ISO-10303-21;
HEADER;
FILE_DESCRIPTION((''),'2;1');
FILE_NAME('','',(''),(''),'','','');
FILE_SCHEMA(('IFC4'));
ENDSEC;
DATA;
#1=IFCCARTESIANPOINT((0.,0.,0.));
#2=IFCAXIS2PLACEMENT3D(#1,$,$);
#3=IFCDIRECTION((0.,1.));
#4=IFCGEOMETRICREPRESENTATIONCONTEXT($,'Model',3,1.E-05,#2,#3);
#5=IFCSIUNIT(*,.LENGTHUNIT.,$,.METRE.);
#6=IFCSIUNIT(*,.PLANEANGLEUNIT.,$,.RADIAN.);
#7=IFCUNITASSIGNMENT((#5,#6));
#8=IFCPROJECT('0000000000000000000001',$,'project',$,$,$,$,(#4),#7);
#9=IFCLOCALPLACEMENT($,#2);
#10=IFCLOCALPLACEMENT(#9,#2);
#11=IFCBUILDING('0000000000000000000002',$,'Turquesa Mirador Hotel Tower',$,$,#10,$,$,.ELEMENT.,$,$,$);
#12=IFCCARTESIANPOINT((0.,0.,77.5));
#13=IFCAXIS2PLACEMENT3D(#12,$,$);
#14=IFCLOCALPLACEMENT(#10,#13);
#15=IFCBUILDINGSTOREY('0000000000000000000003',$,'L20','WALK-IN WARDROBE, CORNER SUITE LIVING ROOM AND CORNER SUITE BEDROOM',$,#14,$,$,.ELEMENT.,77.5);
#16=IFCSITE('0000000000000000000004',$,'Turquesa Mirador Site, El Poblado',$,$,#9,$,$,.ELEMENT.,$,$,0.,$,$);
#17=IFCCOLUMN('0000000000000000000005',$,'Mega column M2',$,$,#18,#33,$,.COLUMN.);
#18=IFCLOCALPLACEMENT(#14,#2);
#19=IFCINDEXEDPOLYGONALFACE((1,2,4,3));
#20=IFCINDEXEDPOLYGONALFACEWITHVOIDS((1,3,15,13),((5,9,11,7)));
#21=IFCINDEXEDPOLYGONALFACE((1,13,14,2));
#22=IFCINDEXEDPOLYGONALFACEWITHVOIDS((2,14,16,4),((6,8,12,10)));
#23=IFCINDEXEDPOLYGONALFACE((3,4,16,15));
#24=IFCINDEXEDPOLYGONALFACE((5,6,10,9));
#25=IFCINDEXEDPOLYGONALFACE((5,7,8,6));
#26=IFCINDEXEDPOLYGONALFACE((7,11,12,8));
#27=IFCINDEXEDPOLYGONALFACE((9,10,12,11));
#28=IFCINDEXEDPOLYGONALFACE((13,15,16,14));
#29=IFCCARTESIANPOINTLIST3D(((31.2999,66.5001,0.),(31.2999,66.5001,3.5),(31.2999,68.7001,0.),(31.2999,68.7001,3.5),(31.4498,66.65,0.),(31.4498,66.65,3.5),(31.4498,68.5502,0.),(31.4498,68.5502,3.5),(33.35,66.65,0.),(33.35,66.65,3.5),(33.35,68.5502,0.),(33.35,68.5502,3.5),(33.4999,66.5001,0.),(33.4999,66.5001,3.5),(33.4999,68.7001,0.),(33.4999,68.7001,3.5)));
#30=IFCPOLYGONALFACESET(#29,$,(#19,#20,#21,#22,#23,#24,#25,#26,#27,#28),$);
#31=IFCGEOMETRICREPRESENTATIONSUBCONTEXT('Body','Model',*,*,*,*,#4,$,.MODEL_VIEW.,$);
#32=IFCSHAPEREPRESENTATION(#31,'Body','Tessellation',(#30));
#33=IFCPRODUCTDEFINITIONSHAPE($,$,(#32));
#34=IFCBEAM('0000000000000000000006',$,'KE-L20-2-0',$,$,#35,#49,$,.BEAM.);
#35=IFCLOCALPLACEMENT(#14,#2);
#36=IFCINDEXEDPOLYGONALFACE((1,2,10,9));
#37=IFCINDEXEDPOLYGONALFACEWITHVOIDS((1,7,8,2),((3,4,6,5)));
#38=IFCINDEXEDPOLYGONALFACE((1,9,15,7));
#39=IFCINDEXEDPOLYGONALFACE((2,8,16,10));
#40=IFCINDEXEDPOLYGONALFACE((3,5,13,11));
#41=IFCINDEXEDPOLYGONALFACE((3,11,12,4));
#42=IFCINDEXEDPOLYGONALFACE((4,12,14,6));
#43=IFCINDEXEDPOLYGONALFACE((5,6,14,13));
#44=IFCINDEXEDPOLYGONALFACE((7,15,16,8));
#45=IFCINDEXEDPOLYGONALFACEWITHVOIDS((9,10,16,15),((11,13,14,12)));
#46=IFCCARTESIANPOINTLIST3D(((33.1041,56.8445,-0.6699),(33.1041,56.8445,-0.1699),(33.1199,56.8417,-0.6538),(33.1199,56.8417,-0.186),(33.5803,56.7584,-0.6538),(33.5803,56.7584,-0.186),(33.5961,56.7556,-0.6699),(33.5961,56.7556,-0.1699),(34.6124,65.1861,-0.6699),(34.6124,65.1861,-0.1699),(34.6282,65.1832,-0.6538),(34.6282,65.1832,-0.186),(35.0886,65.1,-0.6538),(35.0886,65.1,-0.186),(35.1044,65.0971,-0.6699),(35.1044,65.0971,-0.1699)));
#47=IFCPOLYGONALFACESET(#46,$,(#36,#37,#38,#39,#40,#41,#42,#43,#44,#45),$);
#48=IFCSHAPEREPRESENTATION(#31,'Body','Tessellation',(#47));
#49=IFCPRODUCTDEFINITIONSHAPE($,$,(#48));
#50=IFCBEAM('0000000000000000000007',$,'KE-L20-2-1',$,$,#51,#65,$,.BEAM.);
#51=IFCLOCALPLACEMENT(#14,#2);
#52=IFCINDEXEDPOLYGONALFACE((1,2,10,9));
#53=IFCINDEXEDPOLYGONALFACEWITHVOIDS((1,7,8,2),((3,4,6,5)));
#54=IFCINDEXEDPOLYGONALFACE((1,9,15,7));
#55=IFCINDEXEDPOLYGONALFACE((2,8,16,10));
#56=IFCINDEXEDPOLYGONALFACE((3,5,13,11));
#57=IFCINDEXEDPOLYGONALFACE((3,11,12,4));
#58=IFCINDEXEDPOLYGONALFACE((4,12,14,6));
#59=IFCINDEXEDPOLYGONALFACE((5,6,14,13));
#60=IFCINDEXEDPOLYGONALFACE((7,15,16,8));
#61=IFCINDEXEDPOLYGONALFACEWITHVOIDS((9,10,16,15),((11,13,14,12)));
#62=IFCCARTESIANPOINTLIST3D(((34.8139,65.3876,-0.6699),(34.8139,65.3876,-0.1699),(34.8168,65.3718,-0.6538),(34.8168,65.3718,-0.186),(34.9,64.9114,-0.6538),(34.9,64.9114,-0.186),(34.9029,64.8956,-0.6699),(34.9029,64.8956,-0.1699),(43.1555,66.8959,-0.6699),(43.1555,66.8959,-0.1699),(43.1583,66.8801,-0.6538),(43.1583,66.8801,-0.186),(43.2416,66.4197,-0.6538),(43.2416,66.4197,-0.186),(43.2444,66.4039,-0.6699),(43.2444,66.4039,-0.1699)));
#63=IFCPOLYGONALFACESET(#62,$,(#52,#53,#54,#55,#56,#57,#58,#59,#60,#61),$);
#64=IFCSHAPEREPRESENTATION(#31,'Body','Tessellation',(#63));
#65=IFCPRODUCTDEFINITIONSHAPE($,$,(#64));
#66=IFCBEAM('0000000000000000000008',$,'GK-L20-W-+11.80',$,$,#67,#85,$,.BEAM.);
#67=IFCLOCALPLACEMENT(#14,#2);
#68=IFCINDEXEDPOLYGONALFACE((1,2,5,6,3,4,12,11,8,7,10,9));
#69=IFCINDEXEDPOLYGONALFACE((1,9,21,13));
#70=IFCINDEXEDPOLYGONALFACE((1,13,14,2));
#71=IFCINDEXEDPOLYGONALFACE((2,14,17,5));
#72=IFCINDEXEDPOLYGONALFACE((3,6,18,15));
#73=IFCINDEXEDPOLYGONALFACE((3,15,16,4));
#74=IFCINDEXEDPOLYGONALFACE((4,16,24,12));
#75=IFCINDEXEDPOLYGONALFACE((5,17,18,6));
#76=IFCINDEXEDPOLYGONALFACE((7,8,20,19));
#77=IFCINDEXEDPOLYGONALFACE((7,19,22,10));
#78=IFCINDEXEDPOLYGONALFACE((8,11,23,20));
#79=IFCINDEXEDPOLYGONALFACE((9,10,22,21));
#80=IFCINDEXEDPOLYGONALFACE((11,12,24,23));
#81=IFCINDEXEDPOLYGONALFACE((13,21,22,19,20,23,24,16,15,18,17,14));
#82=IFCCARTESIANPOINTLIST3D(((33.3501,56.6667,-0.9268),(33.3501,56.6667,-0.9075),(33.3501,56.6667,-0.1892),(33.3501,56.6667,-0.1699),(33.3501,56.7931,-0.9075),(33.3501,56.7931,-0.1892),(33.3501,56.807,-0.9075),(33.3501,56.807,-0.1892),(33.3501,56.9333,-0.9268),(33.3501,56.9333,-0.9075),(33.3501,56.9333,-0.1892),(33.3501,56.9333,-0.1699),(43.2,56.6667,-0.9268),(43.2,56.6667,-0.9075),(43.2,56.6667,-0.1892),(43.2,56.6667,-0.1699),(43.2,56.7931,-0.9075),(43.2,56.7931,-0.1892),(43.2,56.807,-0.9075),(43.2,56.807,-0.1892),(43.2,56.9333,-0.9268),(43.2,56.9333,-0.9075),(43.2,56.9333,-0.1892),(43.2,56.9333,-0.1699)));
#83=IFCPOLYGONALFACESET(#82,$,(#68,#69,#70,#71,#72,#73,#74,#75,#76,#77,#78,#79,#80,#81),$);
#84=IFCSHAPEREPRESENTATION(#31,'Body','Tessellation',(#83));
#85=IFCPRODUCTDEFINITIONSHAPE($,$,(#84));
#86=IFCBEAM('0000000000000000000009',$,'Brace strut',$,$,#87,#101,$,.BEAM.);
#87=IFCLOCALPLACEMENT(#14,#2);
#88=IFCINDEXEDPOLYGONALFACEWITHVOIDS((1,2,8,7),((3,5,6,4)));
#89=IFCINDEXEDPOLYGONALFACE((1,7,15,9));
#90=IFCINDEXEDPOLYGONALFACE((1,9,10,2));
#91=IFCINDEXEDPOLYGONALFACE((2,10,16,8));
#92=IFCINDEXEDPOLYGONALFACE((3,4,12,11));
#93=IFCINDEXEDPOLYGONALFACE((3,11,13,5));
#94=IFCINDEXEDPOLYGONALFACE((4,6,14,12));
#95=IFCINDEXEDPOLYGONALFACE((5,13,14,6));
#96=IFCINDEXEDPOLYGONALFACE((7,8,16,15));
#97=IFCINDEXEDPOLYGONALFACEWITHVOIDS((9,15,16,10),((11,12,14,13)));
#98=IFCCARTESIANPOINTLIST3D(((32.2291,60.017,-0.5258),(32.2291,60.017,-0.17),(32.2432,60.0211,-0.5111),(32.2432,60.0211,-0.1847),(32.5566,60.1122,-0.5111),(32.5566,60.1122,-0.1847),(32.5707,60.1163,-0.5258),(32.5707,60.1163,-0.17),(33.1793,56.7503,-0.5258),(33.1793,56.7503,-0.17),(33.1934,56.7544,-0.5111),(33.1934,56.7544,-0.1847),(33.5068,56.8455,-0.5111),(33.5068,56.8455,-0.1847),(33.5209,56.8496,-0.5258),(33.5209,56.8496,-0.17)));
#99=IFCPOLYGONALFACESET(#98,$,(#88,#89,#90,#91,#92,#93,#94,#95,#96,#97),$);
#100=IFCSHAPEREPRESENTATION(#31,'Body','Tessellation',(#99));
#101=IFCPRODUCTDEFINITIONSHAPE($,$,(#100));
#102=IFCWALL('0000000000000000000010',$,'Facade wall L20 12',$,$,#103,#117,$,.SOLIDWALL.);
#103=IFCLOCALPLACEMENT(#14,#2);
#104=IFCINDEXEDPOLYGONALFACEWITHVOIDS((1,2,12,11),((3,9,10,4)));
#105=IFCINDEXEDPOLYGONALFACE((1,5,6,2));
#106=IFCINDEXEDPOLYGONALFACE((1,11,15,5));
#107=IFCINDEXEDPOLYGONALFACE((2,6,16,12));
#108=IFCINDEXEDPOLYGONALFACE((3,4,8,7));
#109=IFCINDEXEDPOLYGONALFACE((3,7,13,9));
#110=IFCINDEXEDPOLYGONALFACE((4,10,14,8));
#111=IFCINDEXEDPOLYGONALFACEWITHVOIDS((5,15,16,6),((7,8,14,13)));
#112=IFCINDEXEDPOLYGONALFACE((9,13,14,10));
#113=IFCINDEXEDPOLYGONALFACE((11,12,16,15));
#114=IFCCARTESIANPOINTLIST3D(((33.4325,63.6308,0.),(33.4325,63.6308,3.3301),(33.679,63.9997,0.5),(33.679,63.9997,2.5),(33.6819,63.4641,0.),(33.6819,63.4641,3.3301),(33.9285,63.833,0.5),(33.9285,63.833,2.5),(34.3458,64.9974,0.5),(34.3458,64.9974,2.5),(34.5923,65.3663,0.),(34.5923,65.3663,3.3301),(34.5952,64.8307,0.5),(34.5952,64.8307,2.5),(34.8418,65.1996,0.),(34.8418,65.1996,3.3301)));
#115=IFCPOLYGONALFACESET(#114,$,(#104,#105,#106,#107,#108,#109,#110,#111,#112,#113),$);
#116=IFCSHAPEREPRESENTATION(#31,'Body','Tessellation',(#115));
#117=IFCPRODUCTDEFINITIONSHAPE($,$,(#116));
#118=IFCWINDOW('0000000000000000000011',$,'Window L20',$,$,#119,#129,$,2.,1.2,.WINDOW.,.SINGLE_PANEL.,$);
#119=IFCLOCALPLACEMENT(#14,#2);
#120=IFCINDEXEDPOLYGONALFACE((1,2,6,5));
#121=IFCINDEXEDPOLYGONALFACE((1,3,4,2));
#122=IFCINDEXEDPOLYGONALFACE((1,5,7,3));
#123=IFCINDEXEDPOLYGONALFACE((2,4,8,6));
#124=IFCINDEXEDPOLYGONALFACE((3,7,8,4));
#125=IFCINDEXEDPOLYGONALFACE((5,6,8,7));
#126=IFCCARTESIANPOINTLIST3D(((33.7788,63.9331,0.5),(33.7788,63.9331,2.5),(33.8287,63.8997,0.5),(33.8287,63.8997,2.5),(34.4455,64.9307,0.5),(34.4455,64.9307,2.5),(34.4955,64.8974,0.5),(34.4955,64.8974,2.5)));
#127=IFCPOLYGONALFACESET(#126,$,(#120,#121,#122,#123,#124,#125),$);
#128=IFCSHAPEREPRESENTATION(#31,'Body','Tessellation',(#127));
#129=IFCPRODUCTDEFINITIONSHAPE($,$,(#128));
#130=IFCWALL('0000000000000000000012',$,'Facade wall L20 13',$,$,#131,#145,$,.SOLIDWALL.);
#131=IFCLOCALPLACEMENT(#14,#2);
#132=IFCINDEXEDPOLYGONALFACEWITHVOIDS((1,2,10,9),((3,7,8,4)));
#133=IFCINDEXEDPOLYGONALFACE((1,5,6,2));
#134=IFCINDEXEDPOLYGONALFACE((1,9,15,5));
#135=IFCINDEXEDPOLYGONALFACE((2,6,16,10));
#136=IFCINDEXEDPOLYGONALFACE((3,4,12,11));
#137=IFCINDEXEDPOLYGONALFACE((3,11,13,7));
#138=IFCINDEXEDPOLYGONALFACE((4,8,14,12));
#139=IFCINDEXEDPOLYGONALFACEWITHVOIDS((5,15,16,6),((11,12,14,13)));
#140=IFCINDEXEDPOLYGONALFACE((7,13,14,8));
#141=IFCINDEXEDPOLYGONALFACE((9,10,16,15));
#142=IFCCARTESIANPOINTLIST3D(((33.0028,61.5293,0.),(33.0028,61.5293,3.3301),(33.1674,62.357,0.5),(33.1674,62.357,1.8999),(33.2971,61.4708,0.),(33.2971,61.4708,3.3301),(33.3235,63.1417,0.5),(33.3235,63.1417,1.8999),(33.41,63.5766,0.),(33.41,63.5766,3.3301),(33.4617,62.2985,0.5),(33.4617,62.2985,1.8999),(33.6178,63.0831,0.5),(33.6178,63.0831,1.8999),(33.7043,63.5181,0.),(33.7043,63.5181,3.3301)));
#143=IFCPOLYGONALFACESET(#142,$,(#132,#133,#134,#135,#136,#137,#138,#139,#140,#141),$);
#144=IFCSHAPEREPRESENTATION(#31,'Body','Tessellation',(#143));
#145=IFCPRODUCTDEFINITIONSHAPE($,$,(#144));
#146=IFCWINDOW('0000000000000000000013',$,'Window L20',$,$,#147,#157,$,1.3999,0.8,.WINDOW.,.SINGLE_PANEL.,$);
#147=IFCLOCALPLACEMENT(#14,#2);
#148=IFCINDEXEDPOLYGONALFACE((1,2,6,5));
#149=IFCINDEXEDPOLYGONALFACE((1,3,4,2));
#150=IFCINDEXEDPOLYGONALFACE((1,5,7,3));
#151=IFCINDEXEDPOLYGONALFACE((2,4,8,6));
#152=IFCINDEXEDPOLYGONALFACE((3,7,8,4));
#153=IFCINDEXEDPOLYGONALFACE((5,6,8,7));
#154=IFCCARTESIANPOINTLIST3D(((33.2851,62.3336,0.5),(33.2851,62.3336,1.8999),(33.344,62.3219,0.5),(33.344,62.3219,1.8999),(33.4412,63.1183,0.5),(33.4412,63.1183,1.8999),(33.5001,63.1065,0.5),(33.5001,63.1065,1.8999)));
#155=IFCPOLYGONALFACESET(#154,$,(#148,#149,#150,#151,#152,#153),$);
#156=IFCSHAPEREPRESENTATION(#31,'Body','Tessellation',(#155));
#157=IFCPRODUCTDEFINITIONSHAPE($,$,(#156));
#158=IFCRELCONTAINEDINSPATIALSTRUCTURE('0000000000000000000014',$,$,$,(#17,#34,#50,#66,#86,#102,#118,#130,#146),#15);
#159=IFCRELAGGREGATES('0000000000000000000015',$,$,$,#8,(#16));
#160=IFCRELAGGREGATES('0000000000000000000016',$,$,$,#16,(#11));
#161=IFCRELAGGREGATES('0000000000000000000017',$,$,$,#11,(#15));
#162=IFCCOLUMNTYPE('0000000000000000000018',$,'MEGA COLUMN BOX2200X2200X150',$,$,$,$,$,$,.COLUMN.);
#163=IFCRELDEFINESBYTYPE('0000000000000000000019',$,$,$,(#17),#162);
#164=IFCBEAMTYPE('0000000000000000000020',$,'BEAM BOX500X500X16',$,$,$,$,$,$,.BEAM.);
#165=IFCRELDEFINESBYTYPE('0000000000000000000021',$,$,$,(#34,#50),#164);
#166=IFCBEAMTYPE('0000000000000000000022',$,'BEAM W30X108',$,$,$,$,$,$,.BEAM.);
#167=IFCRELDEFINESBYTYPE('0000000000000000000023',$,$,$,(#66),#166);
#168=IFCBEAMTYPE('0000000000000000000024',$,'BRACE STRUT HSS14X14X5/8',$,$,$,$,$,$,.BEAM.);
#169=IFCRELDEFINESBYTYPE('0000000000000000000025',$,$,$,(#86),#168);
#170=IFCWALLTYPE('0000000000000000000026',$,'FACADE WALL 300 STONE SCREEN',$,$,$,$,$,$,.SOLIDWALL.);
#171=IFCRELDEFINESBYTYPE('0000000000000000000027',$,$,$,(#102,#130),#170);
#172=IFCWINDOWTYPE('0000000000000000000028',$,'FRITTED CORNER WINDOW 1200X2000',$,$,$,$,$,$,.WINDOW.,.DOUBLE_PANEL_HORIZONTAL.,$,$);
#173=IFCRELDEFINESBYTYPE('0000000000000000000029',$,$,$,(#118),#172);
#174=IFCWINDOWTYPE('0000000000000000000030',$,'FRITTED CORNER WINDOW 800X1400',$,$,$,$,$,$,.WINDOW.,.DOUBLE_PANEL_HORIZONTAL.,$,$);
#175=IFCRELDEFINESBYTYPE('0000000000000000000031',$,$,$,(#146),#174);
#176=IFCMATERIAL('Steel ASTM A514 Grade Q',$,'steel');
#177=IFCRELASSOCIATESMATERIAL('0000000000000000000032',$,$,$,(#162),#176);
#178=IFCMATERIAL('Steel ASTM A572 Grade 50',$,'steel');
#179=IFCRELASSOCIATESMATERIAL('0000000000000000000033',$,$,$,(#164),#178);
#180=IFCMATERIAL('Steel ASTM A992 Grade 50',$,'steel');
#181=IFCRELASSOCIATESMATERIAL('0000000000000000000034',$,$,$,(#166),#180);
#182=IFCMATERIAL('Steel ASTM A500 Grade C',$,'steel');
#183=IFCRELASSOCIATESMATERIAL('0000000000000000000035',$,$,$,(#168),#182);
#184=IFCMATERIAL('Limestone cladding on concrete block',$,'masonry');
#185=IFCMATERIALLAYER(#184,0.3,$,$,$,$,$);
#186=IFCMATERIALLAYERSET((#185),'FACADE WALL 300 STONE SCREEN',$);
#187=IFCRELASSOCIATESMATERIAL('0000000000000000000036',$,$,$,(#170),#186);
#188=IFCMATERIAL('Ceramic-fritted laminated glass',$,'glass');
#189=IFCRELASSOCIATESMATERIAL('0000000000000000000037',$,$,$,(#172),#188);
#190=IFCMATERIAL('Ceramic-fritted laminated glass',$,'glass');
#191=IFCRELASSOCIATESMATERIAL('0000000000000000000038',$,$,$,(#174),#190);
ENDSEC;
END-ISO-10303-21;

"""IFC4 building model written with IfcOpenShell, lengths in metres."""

from ifc_helpers import new_model, si_unit, direction, frame, frame_2d, origin, origin_2d, place, context, subcontext, project, spatial, rectangle, hollow_rectangle, i_section, extrude, material, layer, layer_set, material_profile, profile_set, type_object, element, fill, save


model = new_model("IFC4")

# Units and contexts
model_context = context("Model", 3, precision=1e-05, world=origin(), true_north=direction((0.0, 1.0)))
body_context = subcontext(model_context, "Body", "Model", "MODEL_VIEW")
ifc_project = project(units=[si_unit("LENGTHUNIT", "METRE"), si_unit("PLANEANGLEUNIT", "RADIAN")], contexts=[model_context])

# Site, building, storey
site_placement = place(None, origin())
site = spatial("IfcSite", under=ifc_project, at=site_placement, Name="Turquesa Mirador Site, El Poblado", CompositionType="ELEMENT", RefElevation=0.0)
building_placement = place(site_placement, origin())
building = spatial("IfcBuilding", under=site, at=building_placement, Name="Turquesa Mirador Hotel Tower", CompositionType="ELEMENT")
storey_placement = place(building_placement, frame((0.0, 0.0, 77.5)))
storey = spatial("IfcBuildingStorey", under=building, at=storey_placement, Name="L20", Description="WALK-IN WARDROBE, CORNER SUITE LIVING ROOM AND CORNER SUITE BEDROOM", CompositionType="ELEMENT", Elevation=77.5)

# Column
ifc_material_1 = material(Name="Steel ASTM A514 Grade Q", Category="steel")
ifc_material_profile_1 = material_profile(ifc_material_1, hollow_rectangle(XDim=2.2, YDim=2.2, WallThickness=0.1499, at=origin_2d()), Name="BOX2200X2200X150")
ifc_profile_set_1 = profile_set([ifc_material_profile_1], Name="Steel ASTM A514 Grade Q")
column_type = type_object("IfcColumnType", Name="MEGA COLUMN BOX2200X2200X150", PredefinedType="COLUMN", material=ifc_profile_set_1)
column_placement = place(storey_placement, frame((32.3999, 67.6001, 0.0), z_axis=(0.0, 0.0, 1.0), x_axis=(1.0, 0.0, 0.0)))
element("IfcColumn", 1, at=column_placement, inside=storey, type_object=column_type, Name="Mega column M2", PredefinedType="COLUMN", context=body_context, shape_type="SweptSolid", body=[
    extrude(hollow_rectangle(XDim=2.2, YDim=2.2, WallThickness=0.1499, at=origin_2d()), origin(), (0.0, 0.0, 1.0), 3.5),
])

# Beams
ifc_material_2 = material(Name="Steel ASTM A572 Grade 50", Category="steel")
ifc_material_profile_2 = material_profile(ifc_material_2, hollow_rectangle(XDim=0.5, YDim=0.5, WallThickness=0.0161, at=origin_2d()), Name="BOX500X500X16")
ifc_profile_set_2 = profile_set([ifc_material_profile_2], Name="Steel ASTM A572 Grade 50")
beam_type_1 = type_object("IfcBeamType", Name="BEAM BOX500X500X16", PredefinedType="BEAM", material=ifc_profile_set_2)
for number, where, z_axis, x_axis, name in (
    (2, (33.3501, 56.8, -0.4199), (0.177932, 0.984043, 0.0), (-0.984043, 0.177932, 0.0), "KE-L20-2-0"),
    (3, (34.8584, 65.1416, -0.4199), (0.984043, 0.177932, 0.0), (-0.177932, 0.984043, 0.0), "KE-L20-2-1"),
):
    element("IfcBeam", number, at=place(storey_placement, frame(where, z_axis=z_axis, x_axis=x_axis)), inside=storey, type_object=beam_type_1, Name=name, PredefinedType="BEAM", context=body_context, shape_type="SweptSolid", body=[
        extrude(hollow_rectangle(XDim=0.5, YDim=0.5, WallThickness=0.0161, at=origin_2d()), origin(), (0.0, 0.0, 1.0), 8.4768),
    ])
ifc_material_3 = material(Name="Steel ASTM A992 Grade 50", Category="steel")
ifc_material_profile_3 = material_profile(ifc_material_3, i_section(OverallWidth=0.2666, OverallDepth=0.7568, WebThickness=0.0139, FlangeThickness=0.0193, at=origin_2d()), Name="W30X108")
ifc_profile_set_3 = profile_set([ifc_material_profile_3], Name="Steel ASTM A992 Grade 50")
beam_type_2 = type_object("IfcBeamType", Name="BEAM W30X108", PredefinedType="BEAM", material=ifc_profile_set_3)
beam_1_placement = place(storey_placement, frame((33.3501, 56.8, -0.5483), z_axis=(1.0, 0.0, 0.0), x_axis=(0.0, 1.0, 0.0)))
element("IfcBeam", 4, at=beam_1_placement, inside=storey, type_object=beam_type_2, Name="GK-L20-W-+11.80", PredefinedType="BEAM", context=body_context, shape_type="SweptSolid", body=[
    extrude(i_section(OverallWidth=0.2666, OverallDepth=0.7568, WebThickness=0.0139, FlangeThickness=0.0193, at=origin_2d()), origin(), (0.0, 0.0, 1.0), 9.8499),
])
ifc_material_4 = material(Name="Steel ASTM A500 Grade C", Category="steel")
ifc_material_profile_4 = material_profile(ifc_material_4, hollow_rectangle(XDim=0.3557, YDim=0.3557, WallThickness=0.0146, at=origin_2d()), Name="HSS14X14X5/8")
ifc_profile_set_4 = profile_set([ifc_material_profile_4], Name="Steel ASTM A500 Grade C")
beam_type_3 = type_object("IfcBeamType", Name="BRACE STRUT HSS14X14X5/8", PredefinedType="BEAM", material=ifc_profile_set_4)
beam_2_placement = place(storey_placement, frame((32.3999, 60.0667, -0.3479), z_axis=(0.279305, -0.960202, 0.0), x_axis=(0.960202, 0.279305, 0.0)))
element("IfcBeam", 5, at=beam_2_placement, inside=storey, type_object=beam_type_3, Name="Brace strut", PredefinedType="BEAM", context=body_context, shape_type="SweptSolid", body=[
    extrude(hollow_rectangle(XDim=0.3557, YDim=0.3557, WallThickness=0.0146, at=origin_2d()), origin(), (0.0, 0.0, 1.0), 3.4021),
])

# Walls, openings, windows
ifc_material_5 = material(Name="Limestone cladding on concrete block", Category="masonry")
ifc_layer = layer(ifc_material_5, 0.3)
ifc_layer_set = layer_set([ifc_layer], Name="FACADE WALL 300 STONE SCREEN")
wall_type = type_object("IfcWallType", Name="FACADE WALL 300 STONE SCREEN", PredefinedType="SOLIDWALL", material=ifc_layer_set)
wall_1_placement = place(storey_placement, frame((34.717, 65.283, 0.0), z_axis=(0.0, 0.0, 1.0), x_axis=(-0.555644, -0.83142, 0.0)))
wall_1 = element("IfcWall", 6, at=wall_1_placement, inside=storey, type_object=wall_type, Name="Facade wall L20 12", PredefinedType="SOLIDWALL", context=body_context, shape_type="SweptSolid", body=[
    extrude(rectangle(XDim=2.0874, YDim=0.3, at=frame_2d((1.0437, 0.0))), origin(), (0.0, 0.0, 1.0), 3.3301),
])
opening_1_placement = place(wall_1_placement, frame((0.4436, 0.0, 0.5)))
opening_1 = element("IfcOpeningElement", 7, at=opening_1_placement, cuts=wall_1, PredefinedType="OPENING", context=body_context, shape_type="SweptSolid", body=[
    extrude(rectangle(XDim=1.2, YDim=2.0, at=frame_2d((0.6001, 1.0))), frame((0.0, 0.1599, 0.0), z_axis=(0.0, -1.0, 0.0), x_axis=(1.0, 0.0, 0.0)), (0.0, 0.0, 1.0), 0.3201),
])
ifc_material_6 = material(Name="Ceramic-fritted laminated glass", Category="glass")
window_type_1 = type_object("IfcWindowType", Name="FRITTED CORNER WINDOW 1200X2000", PartitioningType="DOUBLE_PANEL_HORIZONTAL", PredefinedType="WINDOW", material=ifc_material_6)
window_1_placement = place(opening_1_placement, origin())
window_1 = element("IfcWindow", 8, at=window_1_placement, inside=storey, type_object=window_type_1, Name="Window L20", OverallHeight=2.0, OverallWidth=1.2, PartitioningType="SINGLE_PANEL", PredefinedType="WINDOW", context=body_context, shape_type="SweptSolid", body=[
    extrude(rectangle(XDim=1.2, YDim=2.0, at=frame_2d((0.6001, 1.0))), frame((0.0, 0.03, 0.0), z_axis=(0.0, -1.0, 0.0), x_axis=(1.0, 0.0, 0.0)), (0.0, 0.0, 1.0), 0.0601),
])
fill(opening_1, window_1)
wall_2_placement = place(storey_placement, frame((33.5571, 63.5474, 0.0), z_axis=(0.0, 0.0, 1.0), x_axis=(-0.195081, -0.980787, 0.0)))
wall_2 = element("IfcWall", 9, at=wall_2_placement, inside=storey, type_object=wall_type, Name="Facade wall L20 13", PredefinedType="SOLIDWALL", context=body_context, shape_type="SweptSolid", body=[
    extrude(rectangle(XDim=2.0874, YDim=0.3, at=frame_2d((1.0437, 0.0))), origin(), (0.0, 0.0, 1.0), 3.3301),
])
opening_2_placement = place(wall_2_placement, frame((0.4436, 0.0, 0.5)))
opening_2 = element("IfcOpeningElement", 10, at=opening_2_placement, cuts=wall_2, PredefinedType="OPENING", context=body_context, shape_type="SweptSolid", body=[
    extrude(rectangle(XDim=0.8, YDim=1.3999, at=frame_2d((0.3999, 0.7))), frame((0.0, 0.1599, 0.0), z_axis=(0.0, -1.0, 0.0), x_axis=(1.0, 0.0, 0.0)), (0.0, 0.0, 1.0), 0.3201),
])
ifc_material_7 = material(Name="Ceramic-fritted laminated glass", Category="glass")
window_type_2 = type_object("IfcWindowType", Name="FRITTED CORNER WINDOW 800X1400", PartitioningType="DOUBLE_PANEL_HORIZONTAL", PredefinedType="WINDOW", material=ifc_material_7)
window_2_placement = place(opening_2_placement, origin())
window_2 = element("IfcWindow", 11, at=window_2_placement, inside=storey, type_object=window_type_2, Name="Window L20", OverallHeight=1.3999, OverallWidth=0.8, PartitioningType="SINGLE_PANEL", PredefinedType="WINDOW", context=body_context, shape_type="SweptSolid", body=[
    extrude(rectangle(XDim=0.8, YDim=1.3999, at=frame_2d((0.3999, 0.7))), frame((0.0, 0.03, 0.0), z_axis=(0.0, -1.0, 0.0), x_axis=(1.0, 0.0, 0.0)), (0.0, 0.0, 1.0), 0.0601),
])
fill(opening_2, window_2)

save(model, "model.ifc")
